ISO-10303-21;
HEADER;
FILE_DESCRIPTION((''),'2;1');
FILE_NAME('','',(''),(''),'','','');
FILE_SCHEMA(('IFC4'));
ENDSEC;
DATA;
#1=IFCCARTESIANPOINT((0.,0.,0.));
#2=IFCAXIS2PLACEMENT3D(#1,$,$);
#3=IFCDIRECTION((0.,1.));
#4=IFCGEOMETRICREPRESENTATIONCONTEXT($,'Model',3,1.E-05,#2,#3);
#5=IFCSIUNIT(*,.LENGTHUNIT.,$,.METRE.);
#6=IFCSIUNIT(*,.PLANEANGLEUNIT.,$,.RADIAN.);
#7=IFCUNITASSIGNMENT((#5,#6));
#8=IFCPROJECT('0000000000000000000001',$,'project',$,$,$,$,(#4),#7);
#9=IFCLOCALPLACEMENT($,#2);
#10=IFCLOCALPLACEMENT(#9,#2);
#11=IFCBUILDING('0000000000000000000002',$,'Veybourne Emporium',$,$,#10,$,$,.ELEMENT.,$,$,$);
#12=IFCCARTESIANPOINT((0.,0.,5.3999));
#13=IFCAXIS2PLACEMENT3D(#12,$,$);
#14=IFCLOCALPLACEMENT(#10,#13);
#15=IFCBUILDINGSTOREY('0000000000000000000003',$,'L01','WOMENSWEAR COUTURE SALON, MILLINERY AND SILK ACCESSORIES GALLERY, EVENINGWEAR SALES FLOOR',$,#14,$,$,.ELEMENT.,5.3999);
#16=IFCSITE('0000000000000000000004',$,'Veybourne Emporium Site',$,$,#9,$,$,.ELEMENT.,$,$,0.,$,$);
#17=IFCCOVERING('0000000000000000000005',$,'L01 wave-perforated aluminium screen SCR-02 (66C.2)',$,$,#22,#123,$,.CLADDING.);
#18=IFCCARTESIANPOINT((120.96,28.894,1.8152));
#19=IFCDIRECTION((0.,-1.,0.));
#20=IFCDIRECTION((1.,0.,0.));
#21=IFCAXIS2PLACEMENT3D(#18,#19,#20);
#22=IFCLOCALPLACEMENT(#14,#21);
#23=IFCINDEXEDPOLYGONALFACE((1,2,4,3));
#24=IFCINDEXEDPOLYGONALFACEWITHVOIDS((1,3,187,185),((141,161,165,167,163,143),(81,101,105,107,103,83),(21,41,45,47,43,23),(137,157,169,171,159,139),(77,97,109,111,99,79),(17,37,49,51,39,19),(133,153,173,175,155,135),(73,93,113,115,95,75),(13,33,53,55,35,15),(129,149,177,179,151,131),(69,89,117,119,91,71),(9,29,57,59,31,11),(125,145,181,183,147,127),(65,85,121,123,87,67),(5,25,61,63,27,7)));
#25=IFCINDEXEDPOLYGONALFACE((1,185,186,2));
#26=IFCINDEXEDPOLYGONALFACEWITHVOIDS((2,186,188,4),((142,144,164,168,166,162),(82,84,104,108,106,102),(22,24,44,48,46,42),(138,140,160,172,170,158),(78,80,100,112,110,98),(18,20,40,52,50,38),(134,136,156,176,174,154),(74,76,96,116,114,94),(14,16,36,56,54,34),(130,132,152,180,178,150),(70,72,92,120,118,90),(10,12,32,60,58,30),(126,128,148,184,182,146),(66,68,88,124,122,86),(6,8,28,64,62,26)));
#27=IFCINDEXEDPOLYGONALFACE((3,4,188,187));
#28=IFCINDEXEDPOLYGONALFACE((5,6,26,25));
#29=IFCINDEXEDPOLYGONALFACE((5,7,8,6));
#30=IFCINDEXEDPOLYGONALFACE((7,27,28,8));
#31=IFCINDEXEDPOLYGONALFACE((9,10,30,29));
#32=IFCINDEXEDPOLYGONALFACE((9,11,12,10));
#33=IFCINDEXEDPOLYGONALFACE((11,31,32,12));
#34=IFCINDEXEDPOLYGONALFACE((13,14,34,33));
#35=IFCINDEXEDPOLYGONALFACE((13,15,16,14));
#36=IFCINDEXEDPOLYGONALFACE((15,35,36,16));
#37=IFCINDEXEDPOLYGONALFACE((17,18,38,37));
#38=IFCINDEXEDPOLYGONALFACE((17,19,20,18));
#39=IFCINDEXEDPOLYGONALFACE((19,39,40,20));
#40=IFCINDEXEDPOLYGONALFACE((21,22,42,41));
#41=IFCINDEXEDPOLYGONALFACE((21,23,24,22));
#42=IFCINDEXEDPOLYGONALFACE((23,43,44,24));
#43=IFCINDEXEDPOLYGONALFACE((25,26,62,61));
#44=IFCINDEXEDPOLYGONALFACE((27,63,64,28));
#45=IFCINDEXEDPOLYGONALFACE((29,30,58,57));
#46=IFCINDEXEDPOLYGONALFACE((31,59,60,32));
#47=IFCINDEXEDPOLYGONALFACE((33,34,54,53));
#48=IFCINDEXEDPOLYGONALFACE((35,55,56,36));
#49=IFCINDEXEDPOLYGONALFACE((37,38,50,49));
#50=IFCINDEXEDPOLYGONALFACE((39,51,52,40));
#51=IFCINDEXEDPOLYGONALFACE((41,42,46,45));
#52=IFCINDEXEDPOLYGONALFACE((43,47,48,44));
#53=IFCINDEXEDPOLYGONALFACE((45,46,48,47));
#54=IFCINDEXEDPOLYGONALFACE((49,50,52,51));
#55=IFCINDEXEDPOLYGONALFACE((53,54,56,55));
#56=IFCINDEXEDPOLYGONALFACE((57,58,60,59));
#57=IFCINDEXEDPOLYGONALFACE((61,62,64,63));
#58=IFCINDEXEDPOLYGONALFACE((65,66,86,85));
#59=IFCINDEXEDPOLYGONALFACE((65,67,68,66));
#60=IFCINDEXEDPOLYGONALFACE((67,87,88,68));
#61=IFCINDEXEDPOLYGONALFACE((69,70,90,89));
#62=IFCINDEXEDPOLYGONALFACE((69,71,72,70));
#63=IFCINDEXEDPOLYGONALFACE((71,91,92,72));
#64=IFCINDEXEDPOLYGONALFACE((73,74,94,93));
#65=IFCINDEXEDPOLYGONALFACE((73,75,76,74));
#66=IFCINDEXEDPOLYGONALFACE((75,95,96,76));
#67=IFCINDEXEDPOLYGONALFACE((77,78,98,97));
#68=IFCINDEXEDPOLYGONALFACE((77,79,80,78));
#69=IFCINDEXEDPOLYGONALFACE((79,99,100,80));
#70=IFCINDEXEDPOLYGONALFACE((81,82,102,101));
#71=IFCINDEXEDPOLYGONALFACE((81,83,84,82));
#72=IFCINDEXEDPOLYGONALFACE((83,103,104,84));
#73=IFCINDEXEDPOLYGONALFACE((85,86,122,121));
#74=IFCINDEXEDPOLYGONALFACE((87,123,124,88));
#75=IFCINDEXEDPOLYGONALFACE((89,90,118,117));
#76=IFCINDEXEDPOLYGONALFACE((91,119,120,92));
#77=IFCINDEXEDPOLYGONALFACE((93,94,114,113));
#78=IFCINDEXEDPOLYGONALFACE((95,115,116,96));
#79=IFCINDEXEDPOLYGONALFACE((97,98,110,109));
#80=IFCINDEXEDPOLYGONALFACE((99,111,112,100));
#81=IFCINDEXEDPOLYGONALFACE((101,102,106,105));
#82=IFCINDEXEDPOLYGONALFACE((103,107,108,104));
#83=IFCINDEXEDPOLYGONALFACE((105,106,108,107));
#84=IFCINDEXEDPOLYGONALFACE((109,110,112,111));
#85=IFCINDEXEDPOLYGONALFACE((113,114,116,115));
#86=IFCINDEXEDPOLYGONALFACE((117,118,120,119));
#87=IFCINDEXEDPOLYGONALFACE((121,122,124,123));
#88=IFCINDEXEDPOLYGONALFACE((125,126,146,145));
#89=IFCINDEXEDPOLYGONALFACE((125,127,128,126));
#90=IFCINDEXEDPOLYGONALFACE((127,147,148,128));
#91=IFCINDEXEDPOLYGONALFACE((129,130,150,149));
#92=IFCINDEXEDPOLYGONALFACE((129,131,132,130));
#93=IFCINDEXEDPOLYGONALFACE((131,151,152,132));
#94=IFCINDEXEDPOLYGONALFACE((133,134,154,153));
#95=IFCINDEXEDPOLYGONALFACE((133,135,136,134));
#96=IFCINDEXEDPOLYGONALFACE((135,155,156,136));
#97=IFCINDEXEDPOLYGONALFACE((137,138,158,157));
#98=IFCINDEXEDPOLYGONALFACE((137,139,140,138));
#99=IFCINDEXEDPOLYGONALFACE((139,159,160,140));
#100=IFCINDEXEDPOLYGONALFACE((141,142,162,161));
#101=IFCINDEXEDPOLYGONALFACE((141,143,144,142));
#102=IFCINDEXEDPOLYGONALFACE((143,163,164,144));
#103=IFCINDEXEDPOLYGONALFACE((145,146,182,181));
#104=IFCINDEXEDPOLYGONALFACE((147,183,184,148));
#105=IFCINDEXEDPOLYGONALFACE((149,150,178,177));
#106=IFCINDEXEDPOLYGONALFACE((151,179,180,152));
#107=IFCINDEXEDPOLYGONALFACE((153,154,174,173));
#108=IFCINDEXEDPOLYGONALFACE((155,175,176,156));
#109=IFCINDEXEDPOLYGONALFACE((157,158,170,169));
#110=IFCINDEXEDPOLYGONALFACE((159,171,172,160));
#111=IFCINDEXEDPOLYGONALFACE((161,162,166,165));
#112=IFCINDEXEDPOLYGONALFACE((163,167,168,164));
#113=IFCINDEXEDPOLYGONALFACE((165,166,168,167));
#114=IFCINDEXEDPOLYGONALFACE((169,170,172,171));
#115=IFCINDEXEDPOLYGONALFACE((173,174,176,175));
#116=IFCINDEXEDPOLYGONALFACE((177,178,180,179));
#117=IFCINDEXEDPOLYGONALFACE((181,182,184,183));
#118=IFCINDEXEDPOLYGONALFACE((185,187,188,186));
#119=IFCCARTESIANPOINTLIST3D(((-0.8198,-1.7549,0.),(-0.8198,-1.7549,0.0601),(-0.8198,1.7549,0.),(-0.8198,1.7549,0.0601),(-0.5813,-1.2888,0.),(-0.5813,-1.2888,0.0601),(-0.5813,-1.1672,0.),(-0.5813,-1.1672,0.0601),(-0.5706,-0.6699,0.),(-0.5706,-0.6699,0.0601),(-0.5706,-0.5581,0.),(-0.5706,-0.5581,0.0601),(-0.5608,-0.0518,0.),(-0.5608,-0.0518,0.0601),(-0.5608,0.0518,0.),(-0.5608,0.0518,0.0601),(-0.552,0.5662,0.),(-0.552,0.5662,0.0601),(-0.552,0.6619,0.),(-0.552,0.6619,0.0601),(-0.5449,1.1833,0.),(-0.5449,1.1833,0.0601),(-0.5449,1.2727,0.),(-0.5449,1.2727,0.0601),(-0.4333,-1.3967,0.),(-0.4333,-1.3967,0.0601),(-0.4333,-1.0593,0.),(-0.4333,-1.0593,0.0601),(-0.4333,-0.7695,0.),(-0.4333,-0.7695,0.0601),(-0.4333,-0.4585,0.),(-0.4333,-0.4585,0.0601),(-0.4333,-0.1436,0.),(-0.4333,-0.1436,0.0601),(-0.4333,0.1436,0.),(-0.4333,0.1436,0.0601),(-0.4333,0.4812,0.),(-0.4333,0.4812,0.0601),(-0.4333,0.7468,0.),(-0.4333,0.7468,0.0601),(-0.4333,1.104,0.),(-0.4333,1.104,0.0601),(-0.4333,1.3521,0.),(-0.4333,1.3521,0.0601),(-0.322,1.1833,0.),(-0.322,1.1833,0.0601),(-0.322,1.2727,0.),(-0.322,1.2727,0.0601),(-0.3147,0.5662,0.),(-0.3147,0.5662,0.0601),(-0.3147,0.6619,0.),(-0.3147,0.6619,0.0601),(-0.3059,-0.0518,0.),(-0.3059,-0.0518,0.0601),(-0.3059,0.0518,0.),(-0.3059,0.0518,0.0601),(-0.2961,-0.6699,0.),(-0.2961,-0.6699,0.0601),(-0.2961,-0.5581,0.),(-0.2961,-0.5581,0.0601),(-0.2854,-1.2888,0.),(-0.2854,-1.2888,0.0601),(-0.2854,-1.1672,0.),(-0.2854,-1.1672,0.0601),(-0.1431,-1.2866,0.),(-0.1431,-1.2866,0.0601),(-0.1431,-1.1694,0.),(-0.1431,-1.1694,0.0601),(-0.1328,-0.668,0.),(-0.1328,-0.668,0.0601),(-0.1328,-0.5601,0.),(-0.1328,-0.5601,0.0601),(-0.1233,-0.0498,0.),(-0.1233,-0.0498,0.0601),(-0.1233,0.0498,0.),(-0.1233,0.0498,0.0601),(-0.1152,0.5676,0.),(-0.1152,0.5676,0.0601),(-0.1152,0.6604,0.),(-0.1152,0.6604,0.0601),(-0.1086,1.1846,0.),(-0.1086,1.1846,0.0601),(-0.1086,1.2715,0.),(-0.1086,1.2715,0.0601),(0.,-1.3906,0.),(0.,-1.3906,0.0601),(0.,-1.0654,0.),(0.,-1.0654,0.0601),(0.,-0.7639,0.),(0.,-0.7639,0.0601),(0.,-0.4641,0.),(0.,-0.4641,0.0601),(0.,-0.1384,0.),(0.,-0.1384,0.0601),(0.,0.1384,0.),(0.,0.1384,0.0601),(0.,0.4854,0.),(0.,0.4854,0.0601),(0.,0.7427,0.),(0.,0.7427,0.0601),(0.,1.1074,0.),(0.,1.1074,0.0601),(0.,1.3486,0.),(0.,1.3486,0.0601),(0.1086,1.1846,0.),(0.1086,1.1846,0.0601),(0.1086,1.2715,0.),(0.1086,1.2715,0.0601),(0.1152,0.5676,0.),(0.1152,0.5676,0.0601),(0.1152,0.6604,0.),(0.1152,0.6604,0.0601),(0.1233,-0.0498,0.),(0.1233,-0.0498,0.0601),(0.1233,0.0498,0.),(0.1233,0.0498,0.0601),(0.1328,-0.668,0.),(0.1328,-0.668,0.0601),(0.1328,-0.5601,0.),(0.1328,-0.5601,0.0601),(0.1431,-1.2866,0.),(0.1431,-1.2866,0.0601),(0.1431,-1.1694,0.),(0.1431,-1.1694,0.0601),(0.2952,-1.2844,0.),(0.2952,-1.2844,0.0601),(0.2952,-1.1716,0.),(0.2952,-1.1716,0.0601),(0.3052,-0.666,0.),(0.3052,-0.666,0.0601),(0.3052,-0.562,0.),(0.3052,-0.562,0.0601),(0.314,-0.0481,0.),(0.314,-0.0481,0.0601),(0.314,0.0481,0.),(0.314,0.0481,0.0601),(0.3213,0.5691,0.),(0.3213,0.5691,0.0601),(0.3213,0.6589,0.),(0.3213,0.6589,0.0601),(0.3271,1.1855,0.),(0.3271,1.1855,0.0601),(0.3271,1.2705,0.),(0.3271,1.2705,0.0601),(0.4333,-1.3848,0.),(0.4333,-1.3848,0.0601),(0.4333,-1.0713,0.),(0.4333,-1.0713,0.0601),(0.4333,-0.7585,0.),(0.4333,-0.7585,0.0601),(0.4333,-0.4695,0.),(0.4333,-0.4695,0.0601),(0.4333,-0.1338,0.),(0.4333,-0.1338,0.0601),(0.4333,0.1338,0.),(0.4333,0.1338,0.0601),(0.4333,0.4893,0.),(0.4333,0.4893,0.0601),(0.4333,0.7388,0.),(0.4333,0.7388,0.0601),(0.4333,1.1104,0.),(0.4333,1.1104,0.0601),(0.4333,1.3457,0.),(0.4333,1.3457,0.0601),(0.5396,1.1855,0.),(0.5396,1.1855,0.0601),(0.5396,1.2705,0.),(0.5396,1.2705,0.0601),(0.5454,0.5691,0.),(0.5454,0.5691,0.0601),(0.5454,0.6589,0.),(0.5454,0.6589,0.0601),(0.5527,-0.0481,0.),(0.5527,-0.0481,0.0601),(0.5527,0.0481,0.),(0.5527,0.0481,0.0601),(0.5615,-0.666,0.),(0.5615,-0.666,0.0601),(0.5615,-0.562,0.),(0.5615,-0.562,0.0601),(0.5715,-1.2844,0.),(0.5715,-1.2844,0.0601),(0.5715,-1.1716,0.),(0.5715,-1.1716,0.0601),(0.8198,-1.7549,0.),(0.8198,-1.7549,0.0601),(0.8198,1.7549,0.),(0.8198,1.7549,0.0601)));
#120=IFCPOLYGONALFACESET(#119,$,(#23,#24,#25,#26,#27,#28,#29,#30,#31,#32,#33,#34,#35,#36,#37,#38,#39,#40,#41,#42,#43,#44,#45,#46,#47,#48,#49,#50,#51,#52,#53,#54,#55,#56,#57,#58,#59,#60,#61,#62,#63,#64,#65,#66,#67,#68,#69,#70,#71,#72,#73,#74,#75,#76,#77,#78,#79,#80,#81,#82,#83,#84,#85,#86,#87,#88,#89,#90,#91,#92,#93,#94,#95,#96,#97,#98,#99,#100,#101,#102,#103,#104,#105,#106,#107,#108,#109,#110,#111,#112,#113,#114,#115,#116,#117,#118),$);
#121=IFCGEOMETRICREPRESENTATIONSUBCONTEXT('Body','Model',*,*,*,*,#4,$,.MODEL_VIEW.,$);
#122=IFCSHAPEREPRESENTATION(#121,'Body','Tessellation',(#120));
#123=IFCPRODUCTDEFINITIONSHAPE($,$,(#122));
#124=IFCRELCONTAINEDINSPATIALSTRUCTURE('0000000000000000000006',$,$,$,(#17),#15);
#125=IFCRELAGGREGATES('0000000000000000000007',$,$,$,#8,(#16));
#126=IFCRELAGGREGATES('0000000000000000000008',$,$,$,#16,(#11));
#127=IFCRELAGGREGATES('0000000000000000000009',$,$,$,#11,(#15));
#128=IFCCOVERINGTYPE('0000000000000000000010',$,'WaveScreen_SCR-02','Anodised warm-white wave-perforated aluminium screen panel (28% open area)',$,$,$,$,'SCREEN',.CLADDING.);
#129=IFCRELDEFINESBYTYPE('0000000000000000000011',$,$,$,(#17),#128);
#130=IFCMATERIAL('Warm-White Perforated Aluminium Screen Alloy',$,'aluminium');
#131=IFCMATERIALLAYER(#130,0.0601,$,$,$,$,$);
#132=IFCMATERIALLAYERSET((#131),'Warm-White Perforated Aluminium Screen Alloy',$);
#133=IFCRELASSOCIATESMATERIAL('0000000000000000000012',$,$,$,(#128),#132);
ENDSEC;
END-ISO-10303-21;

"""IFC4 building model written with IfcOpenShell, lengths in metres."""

from ifc_helpers import new_model, si_unit, direction, frame, origin, place, context, subcontext, project, spatial, polyline, outline, extrude, material, layer, layer_set, type_object, element, save


model = new_model("IFC4")

# Units and contexts
model_context = context("Model", 3, precision=1e-05, world=origin(), true_north=direction((0.0, 1.0)))
body_context = subcontext(model_context, "Body", "Model", "MODEL_VIEW")
ifc_project = project(units=[si_unit("LENGTHUNIT", "METRE"), si_unit("PLANEANGLEUNIT", "RADIAN")], contexts=[model_context])

# Site, building, storey
site_placement = place(None, origin())
site = spatial("IfcSite", under=ifc_project, at=site_placement, Name="Veybourne Emporium Site", CompositionType="ELEMENT", RefElevation=0.0)
building_placement = place(site_placement, origin())
building = spatial("IfcBuilding", under=site, at=building_placement, Name="Veybourne Emporium", CompositionType="ELEMENT")
storey_placement = place(building_placement, frame((0.0, 0.0, 5.3999)))
storey = spatial("IfcBuildingStorey", under=building, at=storey_placement, Name="L01", Description="WOMENSWEAR COUTURE SALON, MILLINERY AND SILK ACCESSORIES GALLERY, EVENINGWEAR SALES FLOOR", CompositionType="ELEMENT", Elevation=5.3999)

# Covering
ifc_material_1 = material(Name="Warm-White Perforated Aluminium Screen Alloy", Category="aluminium")
ifc_layer_1 = layer(ifc_material_1, 0.0601)
ifc_layer_set_1 = layer_set([ifc_layer_1], Name="Warm-White Perforated Aluminium Screen Alloy")
covering_type_1 = type_object("IfcCoveringType", Name="WaveScreen_SCR-02", Description="Anodised warm-white wave-perforated aluminium screen panel (28% open area)", ElementType="SCREEN", PredefinedType="CLADDING", material=ifc_layer_set_1)
covering_1_placement = place(storey_placement, frame((120.96, 28.894, 1.8152), z_axis=(0.0, -1.0, 0.0), x_axis=(1.0, 0.0, 0.0)))
element("IfcCovering", 1, at=covering_1_placement, inside=storey, type_object=covering_type_1, Name="L01 wave-perforated aluminium screen SCR-02 (66C.2)", PredefinedType="CLADDING", context=body_context, shape_type="SweptSolid", body=[
    extrude(outline(polyline([(-0.8198, -1.7549), (0.8198, -1.7549), (0.8198, 1.7549), (-0.8198, 1.7549), (-0.8198, -1.7549)]), holes=[polyline([(-0.4333, -1.0593), (-0.2854, -1.1672), (-0.2854, -1.2888), (-0.4333, -1.3967), (-0.5813, -1.2888), (-0.5813, -1.1672), (-0.4333, -1.0593)]), polyline([(-0.4333, -0.4585), (-0.2961, -0.5581), (-0.2961, -0.6699), (-0.4333, -0.7695), (-0.5706, -0.6699), (-0.5706, -0.5581), (-0.4333, -0.4585)]), polyline([(-0.4333, 0.1436), (-0.3059, 0.0518), (-0.3059, -0.0518), (-0.4333, -0.1436), (-0.5608, -0.0518), (-0.5608, 0.0518), (-0.4333, 0.1436)]), polyline([(-0.4333, 0.7468), (-0.3147, 0.6619), (-0.3147, 0.5662), (-0.4333, 0.4812), (-0.552, 0.5662), (-0.552, 0.6619), (-0.4333, 0.7468)]), polyline([(-0.4333, 1.3521), (-0.322, 1.2727), (-0.322, 1.1833), (-0.4333, 1.104), (-0.5449, 1.1833), (-0.5449, 1.2727), (-0.4333, 1.3521)]), polyline([(0.0, -1.0654), (0.1431, -1.1694), (0.1431, -1.2866), (0.0, -1.3906), (-0.1431, -1.2866), (-0.1431, -1.1694), (0.0, -1.0654)]), polyline([(0.0, -0.4641), (0.1328, -0.5601), (0.1328, -0.668), (0.0, -0.7639), (-0.1328, -0.668), (-0.1328, -0.5601), (0.0, -0.4641)]), polyline([(0.0, 0.1384), (0.1233, 0.0498), (0.1233, -0.0498), (0.0, -0.1384), (-0.1233, -0.0498), (-0.1233, 0.0498), (0.0, 0.1384)]), polyline([(0.0, 0.7427), (0.1152, 0.6604), (0.1152, 0.5676), (0.0, 0.4854), (-0.1152, 0.5676), (-0.1152, 0.6604), (0.0, 0.7427)]), polyline([(0.0, 1.3486), (0.1086, 1.2715), (0.1086, 1.1846), (0.0, 1.1074), (-0.1086, 1.1846), (-0.1086, 1.2715), (0.0, 1.3486)]), polyline([(0.4333, -1.0713), (0.5715, -1.1716), (0.5715, -1.2844), (0.4333, -1.3848), (0.2952, -1.2844), (0.2952, -1.1716), (0.4333, -1.0713)]), polyline([(0.4333, -0.4695), (0.5615, -0.562), (0.5615, -0.666), (0.4333, -0.7585), (0.3052, -0.666), (0.3052, -0.562), (0.4333, -0.4695)]), polyline([(0.4333, 0.1338), (0.5527, 0.0481), (0.5527, -0.0481), (0.4333, -0.1338), (0.314, -0.0481), (0.314, 0.0481), (0.4333, 0.1338)]), polyline([(0.4333, 0.7388), (0.5454, 0.6589), (0.5454, 0.5691), (0.4333, 0.4893), (0.3213, 0.5691), (0.3213, 0.6589), (0.4333, 0.7388)]), polyline([(0.4333, 1.3457), (0.5396, 1.2705), (0.5396, 1.1855), (0.4333, 1.1104), (0.3271, 1.1855), (0.3271, 1.2705), (0.4333, 1.3457)])]), origin(), (0.0, 0.0, 1.0), 0.0601),
])

save(model, "model.ifc")
